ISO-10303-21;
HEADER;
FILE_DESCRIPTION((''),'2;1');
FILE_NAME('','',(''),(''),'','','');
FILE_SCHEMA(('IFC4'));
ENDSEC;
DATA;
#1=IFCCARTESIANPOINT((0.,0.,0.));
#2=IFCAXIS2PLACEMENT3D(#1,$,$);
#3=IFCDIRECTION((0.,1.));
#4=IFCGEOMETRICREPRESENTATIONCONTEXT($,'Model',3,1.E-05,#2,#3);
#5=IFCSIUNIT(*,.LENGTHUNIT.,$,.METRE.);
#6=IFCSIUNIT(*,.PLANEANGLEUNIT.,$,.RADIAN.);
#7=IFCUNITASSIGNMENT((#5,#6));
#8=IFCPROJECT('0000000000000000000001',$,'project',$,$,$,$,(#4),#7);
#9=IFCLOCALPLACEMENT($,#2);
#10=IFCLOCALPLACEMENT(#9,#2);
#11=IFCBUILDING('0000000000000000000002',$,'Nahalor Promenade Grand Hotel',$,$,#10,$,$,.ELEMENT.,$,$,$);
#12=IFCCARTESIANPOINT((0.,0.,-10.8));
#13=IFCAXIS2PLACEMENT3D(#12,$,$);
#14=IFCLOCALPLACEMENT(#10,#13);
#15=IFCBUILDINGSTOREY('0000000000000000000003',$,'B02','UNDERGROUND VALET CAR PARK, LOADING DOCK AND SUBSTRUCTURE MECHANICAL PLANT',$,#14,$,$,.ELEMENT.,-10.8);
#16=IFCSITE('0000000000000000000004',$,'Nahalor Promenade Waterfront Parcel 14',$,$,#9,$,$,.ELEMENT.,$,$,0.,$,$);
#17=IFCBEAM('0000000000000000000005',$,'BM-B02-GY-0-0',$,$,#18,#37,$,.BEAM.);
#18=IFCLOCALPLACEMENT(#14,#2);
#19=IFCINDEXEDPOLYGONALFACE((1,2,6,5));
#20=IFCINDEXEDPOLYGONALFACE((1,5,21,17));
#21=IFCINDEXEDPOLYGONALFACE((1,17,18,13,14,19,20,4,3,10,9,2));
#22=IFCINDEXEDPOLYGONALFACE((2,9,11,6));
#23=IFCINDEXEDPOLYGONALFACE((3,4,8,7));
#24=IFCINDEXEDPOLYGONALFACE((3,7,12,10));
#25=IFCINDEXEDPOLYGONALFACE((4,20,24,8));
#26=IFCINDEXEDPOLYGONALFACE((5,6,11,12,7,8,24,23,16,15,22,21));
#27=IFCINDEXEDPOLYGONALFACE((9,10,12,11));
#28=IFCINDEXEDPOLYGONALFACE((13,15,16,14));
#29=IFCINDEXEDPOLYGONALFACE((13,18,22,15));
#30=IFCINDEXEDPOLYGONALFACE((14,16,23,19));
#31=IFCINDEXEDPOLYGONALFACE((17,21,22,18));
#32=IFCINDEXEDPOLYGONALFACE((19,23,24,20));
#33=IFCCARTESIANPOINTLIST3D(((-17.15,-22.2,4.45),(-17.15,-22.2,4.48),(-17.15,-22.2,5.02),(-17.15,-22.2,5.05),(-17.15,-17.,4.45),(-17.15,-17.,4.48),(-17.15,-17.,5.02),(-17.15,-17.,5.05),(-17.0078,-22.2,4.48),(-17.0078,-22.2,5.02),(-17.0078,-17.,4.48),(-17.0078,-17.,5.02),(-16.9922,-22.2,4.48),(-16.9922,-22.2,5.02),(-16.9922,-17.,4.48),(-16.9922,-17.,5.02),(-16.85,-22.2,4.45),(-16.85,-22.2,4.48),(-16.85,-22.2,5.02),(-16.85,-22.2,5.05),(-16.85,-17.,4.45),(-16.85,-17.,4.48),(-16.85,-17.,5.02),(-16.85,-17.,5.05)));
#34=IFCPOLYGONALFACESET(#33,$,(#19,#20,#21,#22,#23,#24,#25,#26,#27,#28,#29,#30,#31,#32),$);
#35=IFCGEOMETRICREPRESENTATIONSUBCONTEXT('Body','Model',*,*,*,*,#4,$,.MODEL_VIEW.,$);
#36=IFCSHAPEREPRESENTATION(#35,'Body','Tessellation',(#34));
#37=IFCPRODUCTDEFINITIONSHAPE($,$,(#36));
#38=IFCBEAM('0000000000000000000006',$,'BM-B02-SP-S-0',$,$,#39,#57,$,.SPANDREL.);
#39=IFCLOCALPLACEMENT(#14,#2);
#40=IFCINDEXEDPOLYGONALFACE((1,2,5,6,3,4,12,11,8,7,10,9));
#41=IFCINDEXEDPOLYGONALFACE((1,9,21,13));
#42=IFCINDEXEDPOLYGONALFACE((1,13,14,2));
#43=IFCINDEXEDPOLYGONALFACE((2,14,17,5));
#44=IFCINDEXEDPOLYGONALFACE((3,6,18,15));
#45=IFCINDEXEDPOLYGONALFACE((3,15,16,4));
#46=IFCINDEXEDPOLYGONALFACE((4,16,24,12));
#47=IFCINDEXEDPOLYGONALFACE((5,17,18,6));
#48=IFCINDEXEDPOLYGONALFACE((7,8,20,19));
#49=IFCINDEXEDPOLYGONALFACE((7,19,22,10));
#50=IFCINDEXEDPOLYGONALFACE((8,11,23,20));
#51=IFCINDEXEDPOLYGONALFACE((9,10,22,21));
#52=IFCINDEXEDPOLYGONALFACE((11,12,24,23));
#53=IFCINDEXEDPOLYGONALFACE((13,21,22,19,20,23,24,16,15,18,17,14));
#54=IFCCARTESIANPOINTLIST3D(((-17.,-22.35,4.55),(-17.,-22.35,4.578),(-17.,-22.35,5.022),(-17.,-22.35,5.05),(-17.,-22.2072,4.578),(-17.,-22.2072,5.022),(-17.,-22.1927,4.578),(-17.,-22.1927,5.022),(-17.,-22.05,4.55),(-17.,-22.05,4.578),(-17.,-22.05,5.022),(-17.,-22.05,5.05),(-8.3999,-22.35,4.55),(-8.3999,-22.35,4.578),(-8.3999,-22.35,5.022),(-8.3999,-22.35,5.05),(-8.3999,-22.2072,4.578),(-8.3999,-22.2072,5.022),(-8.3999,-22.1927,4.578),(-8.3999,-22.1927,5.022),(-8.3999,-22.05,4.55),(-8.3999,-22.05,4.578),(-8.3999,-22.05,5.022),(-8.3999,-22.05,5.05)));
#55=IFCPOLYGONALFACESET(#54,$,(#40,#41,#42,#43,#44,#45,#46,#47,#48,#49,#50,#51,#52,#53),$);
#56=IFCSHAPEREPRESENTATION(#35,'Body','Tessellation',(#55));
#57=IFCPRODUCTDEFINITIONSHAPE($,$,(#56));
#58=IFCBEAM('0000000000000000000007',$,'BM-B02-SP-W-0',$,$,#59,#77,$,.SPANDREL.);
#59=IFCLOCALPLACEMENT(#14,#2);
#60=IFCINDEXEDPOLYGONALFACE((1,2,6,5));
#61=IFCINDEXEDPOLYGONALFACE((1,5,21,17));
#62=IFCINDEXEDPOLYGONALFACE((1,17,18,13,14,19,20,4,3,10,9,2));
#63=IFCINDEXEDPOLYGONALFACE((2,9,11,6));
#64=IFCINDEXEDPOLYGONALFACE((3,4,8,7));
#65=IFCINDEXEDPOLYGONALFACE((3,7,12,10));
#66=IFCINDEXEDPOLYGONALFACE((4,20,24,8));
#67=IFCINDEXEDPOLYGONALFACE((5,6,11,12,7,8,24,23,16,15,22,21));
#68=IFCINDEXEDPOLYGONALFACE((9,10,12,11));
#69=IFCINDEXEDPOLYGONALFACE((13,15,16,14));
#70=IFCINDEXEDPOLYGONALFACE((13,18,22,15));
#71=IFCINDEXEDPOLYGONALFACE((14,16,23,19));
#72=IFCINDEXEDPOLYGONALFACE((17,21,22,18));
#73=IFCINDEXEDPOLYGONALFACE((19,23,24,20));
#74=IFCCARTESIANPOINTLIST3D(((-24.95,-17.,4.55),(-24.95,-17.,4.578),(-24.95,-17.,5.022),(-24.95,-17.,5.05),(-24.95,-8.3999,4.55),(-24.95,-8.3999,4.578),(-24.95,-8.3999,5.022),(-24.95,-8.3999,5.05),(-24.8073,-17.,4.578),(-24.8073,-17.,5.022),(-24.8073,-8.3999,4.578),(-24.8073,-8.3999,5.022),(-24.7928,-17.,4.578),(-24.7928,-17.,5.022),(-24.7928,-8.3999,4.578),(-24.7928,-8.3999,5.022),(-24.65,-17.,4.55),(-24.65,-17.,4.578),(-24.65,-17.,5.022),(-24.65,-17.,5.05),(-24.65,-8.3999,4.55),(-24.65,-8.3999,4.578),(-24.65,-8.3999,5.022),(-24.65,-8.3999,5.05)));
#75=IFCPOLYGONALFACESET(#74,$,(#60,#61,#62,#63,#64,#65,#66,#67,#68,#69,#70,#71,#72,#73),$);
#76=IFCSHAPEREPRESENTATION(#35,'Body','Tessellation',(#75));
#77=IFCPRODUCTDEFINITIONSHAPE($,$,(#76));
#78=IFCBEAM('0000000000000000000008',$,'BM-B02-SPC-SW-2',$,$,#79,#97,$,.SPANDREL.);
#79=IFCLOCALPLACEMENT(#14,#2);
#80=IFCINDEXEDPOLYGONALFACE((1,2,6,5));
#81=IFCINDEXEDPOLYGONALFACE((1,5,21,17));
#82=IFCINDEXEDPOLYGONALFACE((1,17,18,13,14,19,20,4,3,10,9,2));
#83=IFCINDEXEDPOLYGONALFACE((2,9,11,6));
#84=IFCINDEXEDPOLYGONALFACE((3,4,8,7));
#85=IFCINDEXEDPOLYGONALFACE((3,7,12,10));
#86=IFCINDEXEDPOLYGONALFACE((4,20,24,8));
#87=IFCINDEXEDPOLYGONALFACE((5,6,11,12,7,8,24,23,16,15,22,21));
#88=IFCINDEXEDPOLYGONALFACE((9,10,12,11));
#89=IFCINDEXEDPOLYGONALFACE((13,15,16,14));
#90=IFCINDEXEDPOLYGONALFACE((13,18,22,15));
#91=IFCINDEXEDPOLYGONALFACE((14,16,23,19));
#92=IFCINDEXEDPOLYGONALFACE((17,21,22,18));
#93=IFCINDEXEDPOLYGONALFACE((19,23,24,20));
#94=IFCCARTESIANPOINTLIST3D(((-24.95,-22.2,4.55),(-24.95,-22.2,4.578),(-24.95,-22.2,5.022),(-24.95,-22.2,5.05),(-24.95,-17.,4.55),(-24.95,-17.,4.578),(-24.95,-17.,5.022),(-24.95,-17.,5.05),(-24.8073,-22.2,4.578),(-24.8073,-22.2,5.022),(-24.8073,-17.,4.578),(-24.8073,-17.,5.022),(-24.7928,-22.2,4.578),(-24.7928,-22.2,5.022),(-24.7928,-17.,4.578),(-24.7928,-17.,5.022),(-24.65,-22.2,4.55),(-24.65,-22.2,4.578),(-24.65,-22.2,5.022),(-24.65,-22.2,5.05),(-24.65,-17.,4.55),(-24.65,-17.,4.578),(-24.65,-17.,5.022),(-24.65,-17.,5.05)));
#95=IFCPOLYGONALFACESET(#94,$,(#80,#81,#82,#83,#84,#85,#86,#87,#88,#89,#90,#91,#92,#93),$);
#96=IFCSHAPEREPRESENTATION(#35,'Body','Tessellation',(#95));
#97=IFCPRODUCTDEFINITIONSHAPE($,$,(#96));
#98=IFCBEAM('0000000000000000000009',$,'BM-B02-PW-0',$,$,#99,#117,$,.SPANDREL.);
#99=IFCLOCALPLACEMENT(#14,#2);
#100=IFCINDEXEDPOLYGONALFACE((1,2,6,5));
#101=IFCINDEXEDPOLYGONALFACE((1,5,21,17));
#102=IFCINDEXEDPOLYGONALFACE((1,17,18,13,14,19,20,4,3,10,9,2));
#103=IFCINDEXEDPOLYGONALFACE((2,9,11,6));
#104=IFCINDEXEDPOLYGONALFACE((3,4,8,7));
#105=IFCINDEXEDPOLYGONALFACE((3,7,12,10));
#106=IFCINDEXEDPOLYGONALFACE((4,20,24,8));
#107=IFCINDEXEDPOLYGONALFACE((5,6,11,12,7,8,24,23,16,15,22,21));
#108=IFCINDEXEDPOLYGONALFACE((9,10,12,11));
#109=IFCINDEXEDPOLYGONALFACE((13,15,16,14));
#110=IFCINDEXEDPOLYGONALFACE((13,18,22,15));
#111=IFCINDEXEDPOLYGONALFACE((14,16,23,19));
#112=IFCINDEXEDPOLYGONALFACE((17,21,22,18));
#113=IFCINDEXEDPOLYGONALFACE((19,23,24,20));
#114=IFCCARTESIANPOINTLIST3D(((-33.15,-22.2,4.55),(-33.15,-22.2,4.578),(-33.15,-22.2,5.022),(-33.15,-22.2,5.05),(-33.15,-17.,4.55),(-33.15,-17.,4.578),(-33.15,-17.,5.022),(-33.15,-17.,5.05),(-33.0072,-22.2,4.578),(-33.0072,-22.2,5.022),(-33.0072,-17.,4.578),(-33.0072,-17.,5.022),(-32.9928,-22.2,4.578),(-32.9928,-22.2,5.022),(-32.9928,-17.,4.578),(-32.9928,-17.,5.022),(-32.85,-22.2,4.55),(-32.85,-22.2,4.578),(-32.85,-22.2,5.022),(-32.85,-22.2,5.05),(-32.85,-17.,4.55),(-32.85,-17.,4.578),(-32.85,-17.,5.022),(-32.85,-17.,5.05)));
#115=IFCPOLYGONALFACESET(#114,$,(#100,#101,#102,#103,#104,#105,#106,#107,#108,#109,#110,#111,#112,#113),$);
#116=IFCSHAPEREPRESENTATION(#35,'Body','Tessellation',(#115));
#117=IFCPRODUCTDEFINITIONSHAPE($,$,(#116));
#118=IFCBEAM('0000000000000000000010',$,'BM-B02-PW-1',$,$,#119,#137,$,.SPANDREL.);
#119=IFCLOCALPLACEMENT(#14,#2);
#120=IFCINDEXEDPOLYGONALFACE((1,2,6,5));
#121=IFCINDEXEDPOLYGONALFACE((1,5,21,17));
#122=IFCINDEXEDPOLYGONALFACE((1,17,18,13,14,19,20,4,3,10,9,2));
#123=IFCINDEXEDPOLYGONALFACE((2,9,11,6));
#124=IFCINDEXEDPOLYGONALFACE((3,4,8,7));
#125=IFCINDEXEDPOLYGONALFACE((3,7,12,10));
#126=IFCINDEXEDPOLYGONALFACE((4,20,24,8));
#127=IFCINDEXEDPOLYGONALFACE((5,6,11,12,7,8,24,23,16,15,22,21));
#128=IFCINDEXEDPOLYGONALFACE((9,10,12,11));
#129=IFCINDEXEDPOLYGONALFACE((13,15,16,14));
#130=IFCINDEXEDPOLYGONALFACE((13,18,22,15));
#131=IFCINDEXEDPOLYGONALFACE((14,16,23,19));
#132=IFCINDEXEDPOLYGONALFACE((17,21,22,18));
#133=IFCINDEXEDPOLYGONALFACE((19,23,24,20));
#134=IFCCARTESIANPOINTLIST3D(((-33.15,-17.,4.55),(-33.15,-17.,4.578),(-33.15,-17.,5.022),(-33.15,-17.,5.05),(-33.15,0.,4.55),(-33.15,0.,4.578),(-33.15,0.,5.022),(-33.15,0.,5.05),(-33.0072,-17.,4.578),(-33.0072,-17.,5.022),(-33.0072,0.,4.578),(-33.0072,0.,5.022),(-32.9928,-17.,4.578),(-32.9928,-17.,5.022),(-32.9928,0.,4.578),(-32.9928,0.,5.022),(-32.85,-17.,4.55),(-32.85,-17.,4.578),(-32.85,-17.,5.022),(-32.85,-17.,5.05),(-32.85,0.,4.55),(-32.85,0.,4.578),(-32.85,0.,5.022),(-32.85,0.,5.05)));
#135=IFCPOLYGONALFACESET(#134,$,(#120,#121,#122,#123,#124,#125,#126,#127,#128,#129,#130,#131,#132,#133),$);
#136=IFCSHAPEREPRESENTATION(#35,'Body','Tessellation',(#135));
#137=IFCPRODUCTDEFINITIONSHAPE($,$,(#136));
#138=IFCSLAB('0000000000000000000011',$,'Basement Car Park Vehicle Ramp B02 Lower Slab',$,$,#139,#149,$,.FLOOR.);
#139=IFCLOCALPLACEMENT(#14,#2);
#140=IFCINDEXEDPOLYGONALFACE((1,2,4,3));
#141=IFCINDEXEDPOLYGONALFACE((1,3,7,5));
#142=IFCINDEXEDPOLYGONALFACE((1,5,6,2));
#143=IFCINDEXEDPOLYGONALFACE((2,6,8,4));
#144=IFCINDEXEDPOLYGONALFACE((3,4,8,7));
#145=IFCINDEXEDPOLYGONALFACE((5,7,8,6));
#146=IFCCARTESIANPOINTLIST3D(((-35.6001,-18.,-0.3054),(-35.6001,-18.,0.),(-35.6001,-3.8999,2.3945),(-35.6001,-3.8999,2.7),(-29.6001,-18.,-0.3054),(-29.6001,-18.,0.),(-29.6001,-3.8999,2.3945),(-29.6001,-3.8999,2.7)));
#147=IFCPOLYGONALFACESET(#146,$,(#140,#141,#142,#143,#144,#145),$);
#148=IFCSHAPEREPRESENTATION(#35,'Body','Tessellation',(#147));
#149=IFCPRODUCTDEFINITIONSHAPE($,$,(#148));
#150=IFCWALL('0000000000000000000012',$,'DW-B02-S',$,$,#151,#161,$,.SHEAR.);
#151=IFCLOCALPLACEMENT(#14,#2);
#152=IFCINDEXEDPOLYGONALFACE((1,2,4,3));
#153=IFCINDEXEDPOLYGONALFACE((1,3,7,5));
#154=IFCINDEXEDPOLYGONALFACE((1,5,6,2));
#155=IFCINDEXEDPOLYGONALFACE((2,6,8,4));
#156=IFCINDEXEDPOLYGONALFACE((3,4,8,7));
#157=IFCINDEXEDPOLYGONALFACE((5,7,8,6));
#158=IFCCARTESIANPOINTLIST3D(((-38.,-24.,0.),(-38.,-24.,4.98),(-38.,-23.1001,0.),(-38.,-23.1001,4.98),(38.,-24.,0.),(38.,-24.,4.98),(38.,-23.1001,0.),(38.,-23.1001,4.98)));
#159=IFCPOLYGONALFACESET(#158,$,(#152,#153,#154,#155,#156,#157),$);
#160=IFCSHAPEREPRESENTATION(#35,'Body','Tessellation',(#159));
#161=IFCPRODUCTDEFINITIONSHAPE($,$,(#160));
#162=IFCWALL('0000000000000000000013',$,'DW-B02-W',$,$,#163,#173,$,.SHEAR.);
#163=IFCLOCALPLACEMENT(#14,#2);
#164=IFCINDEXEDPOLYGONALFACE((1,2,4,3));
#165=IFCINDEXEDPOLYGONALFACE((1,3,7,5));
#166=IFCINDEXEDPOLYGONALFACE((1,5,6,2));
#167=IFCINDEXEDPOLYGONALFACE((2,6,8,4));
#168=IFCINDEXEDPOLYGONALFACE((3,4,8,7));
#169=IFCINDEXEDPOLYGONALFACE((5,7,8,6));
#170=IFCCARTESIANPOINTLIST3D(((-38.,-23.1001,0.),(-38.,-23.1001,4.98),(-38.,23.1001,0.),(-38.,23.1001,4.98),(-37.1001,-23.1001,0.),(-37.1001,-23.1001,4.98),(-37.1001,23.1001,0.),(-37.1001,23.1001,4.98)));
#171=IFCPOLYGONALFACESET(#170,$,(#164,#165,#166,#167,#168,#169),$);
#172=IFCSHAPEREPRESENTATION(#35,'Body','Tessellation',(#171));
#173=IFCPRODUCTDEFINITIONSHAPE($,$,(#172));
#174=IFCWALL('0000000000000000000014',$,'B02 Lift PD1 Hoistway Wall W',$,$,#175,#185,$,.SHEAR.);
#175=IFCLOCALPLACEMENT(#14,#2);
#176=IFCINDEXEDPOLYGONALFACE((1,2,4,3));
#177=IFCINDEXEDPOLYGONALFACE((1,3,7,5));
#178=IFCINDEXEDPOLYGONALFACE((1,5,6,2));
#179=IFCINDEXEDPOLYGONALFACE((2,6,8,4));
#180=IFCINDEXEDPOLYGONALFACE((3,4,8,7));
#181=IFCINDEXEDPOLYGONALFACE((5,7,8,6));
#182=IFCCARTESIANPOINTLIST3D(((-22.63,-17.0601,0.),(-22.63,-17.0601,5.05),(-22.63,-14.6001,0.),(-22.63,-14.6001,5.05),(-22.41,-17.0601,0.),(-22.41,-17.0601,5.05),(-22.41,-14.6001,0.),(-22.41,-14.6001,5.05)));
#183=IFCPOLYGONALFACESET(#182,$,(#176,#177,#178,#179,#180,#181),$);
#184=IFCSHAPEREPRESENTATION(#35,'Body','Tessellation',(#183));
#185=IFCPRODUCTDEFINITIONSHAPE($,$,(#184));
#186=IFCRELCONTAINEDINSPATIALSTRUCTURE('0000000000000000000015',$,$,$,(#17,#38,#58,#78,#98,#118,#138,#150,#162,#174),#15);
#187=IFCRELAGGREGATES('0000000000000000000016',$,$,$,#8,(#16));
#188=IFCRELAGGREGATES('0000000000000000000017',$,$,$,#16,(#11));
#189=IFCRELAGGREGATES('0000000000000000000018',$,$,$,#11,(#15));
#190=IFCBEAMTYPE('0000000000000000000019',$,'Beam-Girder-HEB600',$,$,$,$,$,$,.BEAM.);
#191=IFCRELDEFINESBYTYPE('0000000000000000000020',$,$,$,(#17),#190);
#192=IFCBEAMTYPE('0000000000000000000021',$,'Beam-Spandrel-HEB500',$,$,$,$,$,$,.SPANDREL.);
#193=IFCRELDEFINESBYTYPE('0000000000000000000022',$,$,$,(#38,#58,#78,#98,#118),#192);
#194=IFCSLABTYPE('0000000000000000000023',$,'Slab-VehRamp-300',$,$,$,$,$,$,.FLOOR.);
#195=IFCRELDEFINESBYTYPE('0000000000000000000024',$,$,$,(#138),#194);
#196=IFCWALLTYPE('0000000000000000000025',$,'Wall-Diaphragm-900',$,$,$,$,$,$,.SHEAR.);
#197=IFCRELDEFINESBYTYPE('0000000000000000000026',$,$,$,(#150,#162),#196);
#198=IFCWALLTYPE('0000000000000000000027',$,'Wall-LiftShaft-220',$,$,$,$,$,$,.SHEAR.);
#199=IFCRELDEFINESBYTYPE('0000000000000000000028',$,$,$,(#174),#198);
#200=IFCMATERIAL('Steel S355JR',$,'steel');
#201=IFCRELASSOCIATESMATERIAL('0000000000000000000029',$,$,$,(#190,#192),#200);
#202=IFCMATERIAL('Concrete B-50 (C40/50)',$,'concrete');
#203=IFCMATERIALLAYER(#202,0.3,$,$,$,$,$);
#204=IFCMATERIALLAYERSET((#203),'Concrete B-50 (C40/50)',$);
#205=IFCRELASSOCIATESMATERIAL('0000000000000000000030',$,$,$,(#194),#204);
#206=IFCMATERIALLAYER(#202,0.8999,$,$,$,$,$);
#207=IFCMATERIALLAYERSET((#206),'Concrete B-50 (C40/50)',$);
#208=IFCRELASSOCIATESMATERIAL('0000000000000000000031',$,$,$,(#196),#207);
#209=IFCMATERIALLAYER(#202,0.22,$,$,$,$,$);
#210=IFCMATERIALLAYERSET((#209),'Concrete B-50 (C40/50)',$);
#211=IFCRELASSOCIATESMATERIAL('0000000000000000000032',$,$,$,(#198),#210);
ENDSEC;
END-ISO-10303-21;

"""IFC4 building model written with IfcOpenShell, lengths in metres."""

from ifc_helpers import new_model, si_unit, direction, frame, frame_2d, origin, origin_2d, place, context, subcontext, project, spatial, polyline, rectangle, i_section, outline, extrude, source, transform, mapped, material, layer, layer_set, material_profile, profile_set, type_object, element, save


model = new_model("IFC4")

# Units and contexts
model_context = context("Model", 3, precision=1e-05, world=origin(), true_north=direction((0.0, 1.0)))
body_context = subcontext(model_context, "Body", "Model", "MODEL_VIEW")
ifc_project = project(units=[si_unit("LENGTHUNIT", "METRE"), si_unit("PLANEANGLEUNIT", "RADIAN")], contexts=[model_context])

# Site, building, storey
site_placement = place(None, origin())
site = spatial("IfcSite", under=ifc_project, at=site_placement, Name="Nahalor Promenade Waterfront Parcel 14", CompositionType="ELEMENT", RefElevation=0.0)
building_placement = place(site_placement, origin())
building = spatial("IfcBuilding", under=site, at=building_placement, Name="Nahalor Promenade Grand Hotel", CompositionType="ELEMENT")
storey_placement = place(building_placement, frame((0.0, 0.0, -10.8)))
storey = spatial("IfcBuildingStorey", under=building, at=storey_placement, Name="B02", Description="UNDERGROUND VALET CAR PARK, LOADING DOCK AND SUBSTRUCTURE MECHANICAL PLANT", CompositionType="ELEMENT", Elevation=-10.8)

# Shared definitions
ifc_material_1 = material(Name="Concrete B-50 (C40/50)", Category="concrete")

# Beams
ifc_material_2 = material(Name="Steel S355JR", Category="steel")
ifc_material_profile_1 = material_profile(ifc_material_2, i_section(OverallWidth=0.3, OverallDepth=0.6, WebThickness=0.0155, FlangeThickness=0.03, at=origin_2d()), Name="HEB 600")
ifc_profile_set_1 = profile_set([ifc_material_profile_1], Name="Steel S355JR")
beam_type_1 = type_object("IfcBeamType", Name="Beam-Girder-HEB600", PredefinedType="BEAM", material=ifc_profile_set_1)
shared_shape_1 = source(origin(), body_context, "Body", "SweptSolid", [
    extrude(i_section(OverallWidth=0.3, OverallDepth=0.6, WebThickness=0.0155, FlangeThickness=0.03, at=origin_2d()), origin(), (0.0, 0.0, 1.0), 5.2),
])
beam_1_placement = place(storey_placement, frame((-17.0, -22.2, 4.75), z_axis=(0.0, 1.0, 0.0), x_axis=(-1.0, 0.0, 0.0)))
element("IfcBeam", 1, at=beam_1_placement, inside=storey, type_object=beam_type_1, Name="BM-B02-GY-0-0", PredefinedType="BEAM", context=body_context, shape_type="MappedRepresentation", body=[
    mapped(shared_shape_1, transform((0.0, 0.0, 0.0), scale=1.0)),
])
ifc_material_profile_2 = material_profile(ifc_material_2, i_section(OverallWidth=0.3, OverallDepth=0.5, WebThickness=0.0145, FlangeThickness=0.028, at=origin_2d()), Name="HEB 500")
ifc_profile_set_2 = profile_set([ifc_material_profile_2], Name="Steel S355JR")
beam_type_2 = type_object("IfcBeamType", Name="Beam-Spandrel-HEB500", PredefinedType="SPANDREL", material=ifc_profile_set_2)
shared_shape_2 = source(origin(), body_context, "Body", "SweptSolid", [
    extrude(i_section(OverallWidth=0.3, OverallDepth=0.5, WebThickness=0.0145, FlangeThickness=0.028, at=origin_2d()), origin(), (0.0, 0.0, 1.0), 8.6001),
])
for number, where, z_axis, x_axis, name in (
    (2, (-17.0, -22.2, 4.8), (1.0, 0.0, 0.0), (0.0, 1.0, 0.0), "BM-B02-SP-S-0"),
    (3, (-24.8, -17.0, 4.8), (0.0, 1.0, 0.0), (-1.0, 0.0, 0.0), "BM-B02-SP-W-0"),
):
    element("IfcBeam", number, at=place(storey_placement, frame(where, z_axis=z_axis, x_axis=x_axis)), inside=storey, type_object=beam_type_2, Name=name, PredefinedType="SPANDREL", context=body_context, shape_type="MappedRepresentation", body=[
        mapped(shared_shape_2, transform((0.0, 0.0, 0.0), scale=1.0)),
    ])
shared_shape_3 = source(origin(), body_context, "Body", "SweptSolid", [
    extrude(i_section(OverallWidth=0.3, OverallDepth=0.5, WebThickness=0.0145, FlangeThickness=0.028, at=origin_2d()), origin(), (0.0, 0.0, 1.0), 5.2),
])
for number, where, z_axis, x_axis, name in (
    (4, (-24.8, -22.2, 4.8), (0.0, 1.0, 0.0), (-1.0, 0.0, 0.0), "BM-B02-SPC-SW-2"),
    (5, (-33.0, -22.2, 4.8), (0.0, 1.0, 0.0), (-1.0, 0.0, 0.0), "BM-B02-PW-0"),
):
    element("IfcBeam", number, at=place(storey_placement, frame(where, z_axis=z_axis, x_axis=x_axis)), inside=storey, type_object=beam_type_2, Name=name, PredefinedType="SPANDREL", context=body_context, shape_type="MappedRepresentation", body=[
        mapped(shared_shape_3, transform((0.0, 0.0, 0.0), scale=1.0)),
    ])
shared_shape_4 = source(origin(), body_context, "Body", "SweptSolid", [
    extrude(i_section(OverallWidth=0.3, OverallDepth=0.5, WebThickness=0.0145, FlangeThickness=0.028, at=origin_2d()), origin(), (0.0, 0.0, 1.0), 17.0),
])
beam_2_placement = place(storey_placement, frame((-33.0, -17.0, 4.8), z_axis=(0.0, 1.0, 0.0), x_axis=(-1.0, 0.0, 0.0)))
element("IfcBeam", 6, at=beam_2_placement, inside=storey, type_object=beam_type_2, Name="BM-B02-PW-1", PredefinedType="SPANDREL", context=body_context, shape_type="MappedRepresentation", body=[
    mapped(shared_shape_4, transform((0.0, 0.0, 0.0), scale=1.0)),
])

# Slab
ifc_layer_1 = layer(ifc_material_1, 0.3)
ifc_layer_set_1 = layer_set([ifc_layer_1], Name="Concrete B-50 (C40/50)")
slab_type = type_object("IfcSlabType", Name="Slab-VehRamp-300", PredefinedType="FLOOR", material=ifc_layer_set_1)
slab_placement = place(storey_placement, frame((-35.6001, -18.0, 0.0), z_axis=(0.0, -0.188068, 0.982156), x_axis=(1.0, 0.0, 0.0)))
element("IfcSlab", 7, at=slab_placement, inside=storey, type_object=slab_type, Name="Basement Car Park Vehicle Ramp B02 Lower Slab", PredefinedType="FLOOR", context=body_context, shape_type="SweptSolid", body=[
    extrude(outline(polyline([(0.0, 0.0), (6.0, 0.0), (6.0, 14.3563), (0.0, 14.3563), (0.0, 0.0)])), origin(), (0.0, -0.188068, -0.982156), 0.3054),
])

# Walls
ifc_layer_2 = layer(ifc_material_1, 0.8999)
ifc_layer_set_2 = layer_set([ifc_layer_2], Name="Concrete B-50 (C40/50)")
wall_type_1 = type_object("IfcWallType", Name="Wall-Diaphragm-900", PredefinedType="SHEAR", material=ifc_layer_set_2)
shared_shape_5 = source(origin(), body_context, "Body", "SweptSolid", [
    extrude(rectangle(XDim=76.0, YDim=0.8999, at=frame_2d((38.0, 0.0))), origin(), (0.0, 0.0, 1.0), 4.98),
])
wall_1_placement = place(storey_placement, frame((-38.0, -23.55, 0.0), z_axis=(0.0, 0.0, 1.0), x_axis=(1.0, 0.0, 0.0)))
element("IfcWall", 8, at=wall_1_placement, inside=storey, type_object=wall_type_1, Name="DW-B02-S", PredefinedType="SHEAR", context=body_context, shape_type="MappedRepresentation", body=[
    mapped(shared_shape_5, transform((0.0, 0.0, 0.0), scale=1.0)),
])
shared_shape_6 = source(origin(), body_context, "Body", "SweptSolid", [
    extrude(rectangle(XDim=46.2002, YDim=0.8999, at=frame_2d((23.1001, 0.0))), origin(), (0.0, 0.0, 1.0), 4.98),
])
wall_2_placement = place(storey_placement, frame((-37.55, -23.1001, 0.0), z_axis=(0.0, 0.0, 1.0), x_axis=(0.0, 1.0, 0.0)))
element("IfcWall", 9, at=wall_2_placement, inside=storey, type_object=wall_type_1, Name="DW-B02-W", PredefinedType="SHEAR", context=body_context, shape_type="MappedRepresentation", body=[
    mapped(shared_shape_6, transform((0.0, 0.0, 0.0), scale=1.0)),
])
ifc_layer_3 = layer(ifc_material_1, 0.22)
ifc_layer_set_3 = layer_set([ifc_layer_3], Name="Concrete B-50 (C40/50)")
wall_type_2 = type_object("IfcWallType", Name="Wall-LiftShaft-220", PredefinedType="SHEAR", material=ifc_layer_set_3)
shared_shape_7 = source(origin(), body_context, "Body", "SweptSolid", [
    extrude(rectangle(XDim=2.46, YDim=0.22, at=frame_2d((1.23, 0.0))), origin(), (0.0, 0.0, 1.0), 5.05),
])
wall_3_placement = place(storey_placement, frame((-22.52, -17.0601, 0.0), z_axis=(0.0, 0.0, 1.0), x_axis=(0.0, 1.0, 0.0)))
element("IfcWall", 10, at=wall_3_placement, inside=storey, type_object=wall_type_2, Name="B02 Lift PD1 Hoistway Wall W", PredefinedType="SHEAR", context=body_context, shape_type="MappedRepresentation", body=[
    mapped(shared_shape_7, transform((0.0, 0.0, 0.0), scale=1.0)),
])

save(model, "model.ifc")
